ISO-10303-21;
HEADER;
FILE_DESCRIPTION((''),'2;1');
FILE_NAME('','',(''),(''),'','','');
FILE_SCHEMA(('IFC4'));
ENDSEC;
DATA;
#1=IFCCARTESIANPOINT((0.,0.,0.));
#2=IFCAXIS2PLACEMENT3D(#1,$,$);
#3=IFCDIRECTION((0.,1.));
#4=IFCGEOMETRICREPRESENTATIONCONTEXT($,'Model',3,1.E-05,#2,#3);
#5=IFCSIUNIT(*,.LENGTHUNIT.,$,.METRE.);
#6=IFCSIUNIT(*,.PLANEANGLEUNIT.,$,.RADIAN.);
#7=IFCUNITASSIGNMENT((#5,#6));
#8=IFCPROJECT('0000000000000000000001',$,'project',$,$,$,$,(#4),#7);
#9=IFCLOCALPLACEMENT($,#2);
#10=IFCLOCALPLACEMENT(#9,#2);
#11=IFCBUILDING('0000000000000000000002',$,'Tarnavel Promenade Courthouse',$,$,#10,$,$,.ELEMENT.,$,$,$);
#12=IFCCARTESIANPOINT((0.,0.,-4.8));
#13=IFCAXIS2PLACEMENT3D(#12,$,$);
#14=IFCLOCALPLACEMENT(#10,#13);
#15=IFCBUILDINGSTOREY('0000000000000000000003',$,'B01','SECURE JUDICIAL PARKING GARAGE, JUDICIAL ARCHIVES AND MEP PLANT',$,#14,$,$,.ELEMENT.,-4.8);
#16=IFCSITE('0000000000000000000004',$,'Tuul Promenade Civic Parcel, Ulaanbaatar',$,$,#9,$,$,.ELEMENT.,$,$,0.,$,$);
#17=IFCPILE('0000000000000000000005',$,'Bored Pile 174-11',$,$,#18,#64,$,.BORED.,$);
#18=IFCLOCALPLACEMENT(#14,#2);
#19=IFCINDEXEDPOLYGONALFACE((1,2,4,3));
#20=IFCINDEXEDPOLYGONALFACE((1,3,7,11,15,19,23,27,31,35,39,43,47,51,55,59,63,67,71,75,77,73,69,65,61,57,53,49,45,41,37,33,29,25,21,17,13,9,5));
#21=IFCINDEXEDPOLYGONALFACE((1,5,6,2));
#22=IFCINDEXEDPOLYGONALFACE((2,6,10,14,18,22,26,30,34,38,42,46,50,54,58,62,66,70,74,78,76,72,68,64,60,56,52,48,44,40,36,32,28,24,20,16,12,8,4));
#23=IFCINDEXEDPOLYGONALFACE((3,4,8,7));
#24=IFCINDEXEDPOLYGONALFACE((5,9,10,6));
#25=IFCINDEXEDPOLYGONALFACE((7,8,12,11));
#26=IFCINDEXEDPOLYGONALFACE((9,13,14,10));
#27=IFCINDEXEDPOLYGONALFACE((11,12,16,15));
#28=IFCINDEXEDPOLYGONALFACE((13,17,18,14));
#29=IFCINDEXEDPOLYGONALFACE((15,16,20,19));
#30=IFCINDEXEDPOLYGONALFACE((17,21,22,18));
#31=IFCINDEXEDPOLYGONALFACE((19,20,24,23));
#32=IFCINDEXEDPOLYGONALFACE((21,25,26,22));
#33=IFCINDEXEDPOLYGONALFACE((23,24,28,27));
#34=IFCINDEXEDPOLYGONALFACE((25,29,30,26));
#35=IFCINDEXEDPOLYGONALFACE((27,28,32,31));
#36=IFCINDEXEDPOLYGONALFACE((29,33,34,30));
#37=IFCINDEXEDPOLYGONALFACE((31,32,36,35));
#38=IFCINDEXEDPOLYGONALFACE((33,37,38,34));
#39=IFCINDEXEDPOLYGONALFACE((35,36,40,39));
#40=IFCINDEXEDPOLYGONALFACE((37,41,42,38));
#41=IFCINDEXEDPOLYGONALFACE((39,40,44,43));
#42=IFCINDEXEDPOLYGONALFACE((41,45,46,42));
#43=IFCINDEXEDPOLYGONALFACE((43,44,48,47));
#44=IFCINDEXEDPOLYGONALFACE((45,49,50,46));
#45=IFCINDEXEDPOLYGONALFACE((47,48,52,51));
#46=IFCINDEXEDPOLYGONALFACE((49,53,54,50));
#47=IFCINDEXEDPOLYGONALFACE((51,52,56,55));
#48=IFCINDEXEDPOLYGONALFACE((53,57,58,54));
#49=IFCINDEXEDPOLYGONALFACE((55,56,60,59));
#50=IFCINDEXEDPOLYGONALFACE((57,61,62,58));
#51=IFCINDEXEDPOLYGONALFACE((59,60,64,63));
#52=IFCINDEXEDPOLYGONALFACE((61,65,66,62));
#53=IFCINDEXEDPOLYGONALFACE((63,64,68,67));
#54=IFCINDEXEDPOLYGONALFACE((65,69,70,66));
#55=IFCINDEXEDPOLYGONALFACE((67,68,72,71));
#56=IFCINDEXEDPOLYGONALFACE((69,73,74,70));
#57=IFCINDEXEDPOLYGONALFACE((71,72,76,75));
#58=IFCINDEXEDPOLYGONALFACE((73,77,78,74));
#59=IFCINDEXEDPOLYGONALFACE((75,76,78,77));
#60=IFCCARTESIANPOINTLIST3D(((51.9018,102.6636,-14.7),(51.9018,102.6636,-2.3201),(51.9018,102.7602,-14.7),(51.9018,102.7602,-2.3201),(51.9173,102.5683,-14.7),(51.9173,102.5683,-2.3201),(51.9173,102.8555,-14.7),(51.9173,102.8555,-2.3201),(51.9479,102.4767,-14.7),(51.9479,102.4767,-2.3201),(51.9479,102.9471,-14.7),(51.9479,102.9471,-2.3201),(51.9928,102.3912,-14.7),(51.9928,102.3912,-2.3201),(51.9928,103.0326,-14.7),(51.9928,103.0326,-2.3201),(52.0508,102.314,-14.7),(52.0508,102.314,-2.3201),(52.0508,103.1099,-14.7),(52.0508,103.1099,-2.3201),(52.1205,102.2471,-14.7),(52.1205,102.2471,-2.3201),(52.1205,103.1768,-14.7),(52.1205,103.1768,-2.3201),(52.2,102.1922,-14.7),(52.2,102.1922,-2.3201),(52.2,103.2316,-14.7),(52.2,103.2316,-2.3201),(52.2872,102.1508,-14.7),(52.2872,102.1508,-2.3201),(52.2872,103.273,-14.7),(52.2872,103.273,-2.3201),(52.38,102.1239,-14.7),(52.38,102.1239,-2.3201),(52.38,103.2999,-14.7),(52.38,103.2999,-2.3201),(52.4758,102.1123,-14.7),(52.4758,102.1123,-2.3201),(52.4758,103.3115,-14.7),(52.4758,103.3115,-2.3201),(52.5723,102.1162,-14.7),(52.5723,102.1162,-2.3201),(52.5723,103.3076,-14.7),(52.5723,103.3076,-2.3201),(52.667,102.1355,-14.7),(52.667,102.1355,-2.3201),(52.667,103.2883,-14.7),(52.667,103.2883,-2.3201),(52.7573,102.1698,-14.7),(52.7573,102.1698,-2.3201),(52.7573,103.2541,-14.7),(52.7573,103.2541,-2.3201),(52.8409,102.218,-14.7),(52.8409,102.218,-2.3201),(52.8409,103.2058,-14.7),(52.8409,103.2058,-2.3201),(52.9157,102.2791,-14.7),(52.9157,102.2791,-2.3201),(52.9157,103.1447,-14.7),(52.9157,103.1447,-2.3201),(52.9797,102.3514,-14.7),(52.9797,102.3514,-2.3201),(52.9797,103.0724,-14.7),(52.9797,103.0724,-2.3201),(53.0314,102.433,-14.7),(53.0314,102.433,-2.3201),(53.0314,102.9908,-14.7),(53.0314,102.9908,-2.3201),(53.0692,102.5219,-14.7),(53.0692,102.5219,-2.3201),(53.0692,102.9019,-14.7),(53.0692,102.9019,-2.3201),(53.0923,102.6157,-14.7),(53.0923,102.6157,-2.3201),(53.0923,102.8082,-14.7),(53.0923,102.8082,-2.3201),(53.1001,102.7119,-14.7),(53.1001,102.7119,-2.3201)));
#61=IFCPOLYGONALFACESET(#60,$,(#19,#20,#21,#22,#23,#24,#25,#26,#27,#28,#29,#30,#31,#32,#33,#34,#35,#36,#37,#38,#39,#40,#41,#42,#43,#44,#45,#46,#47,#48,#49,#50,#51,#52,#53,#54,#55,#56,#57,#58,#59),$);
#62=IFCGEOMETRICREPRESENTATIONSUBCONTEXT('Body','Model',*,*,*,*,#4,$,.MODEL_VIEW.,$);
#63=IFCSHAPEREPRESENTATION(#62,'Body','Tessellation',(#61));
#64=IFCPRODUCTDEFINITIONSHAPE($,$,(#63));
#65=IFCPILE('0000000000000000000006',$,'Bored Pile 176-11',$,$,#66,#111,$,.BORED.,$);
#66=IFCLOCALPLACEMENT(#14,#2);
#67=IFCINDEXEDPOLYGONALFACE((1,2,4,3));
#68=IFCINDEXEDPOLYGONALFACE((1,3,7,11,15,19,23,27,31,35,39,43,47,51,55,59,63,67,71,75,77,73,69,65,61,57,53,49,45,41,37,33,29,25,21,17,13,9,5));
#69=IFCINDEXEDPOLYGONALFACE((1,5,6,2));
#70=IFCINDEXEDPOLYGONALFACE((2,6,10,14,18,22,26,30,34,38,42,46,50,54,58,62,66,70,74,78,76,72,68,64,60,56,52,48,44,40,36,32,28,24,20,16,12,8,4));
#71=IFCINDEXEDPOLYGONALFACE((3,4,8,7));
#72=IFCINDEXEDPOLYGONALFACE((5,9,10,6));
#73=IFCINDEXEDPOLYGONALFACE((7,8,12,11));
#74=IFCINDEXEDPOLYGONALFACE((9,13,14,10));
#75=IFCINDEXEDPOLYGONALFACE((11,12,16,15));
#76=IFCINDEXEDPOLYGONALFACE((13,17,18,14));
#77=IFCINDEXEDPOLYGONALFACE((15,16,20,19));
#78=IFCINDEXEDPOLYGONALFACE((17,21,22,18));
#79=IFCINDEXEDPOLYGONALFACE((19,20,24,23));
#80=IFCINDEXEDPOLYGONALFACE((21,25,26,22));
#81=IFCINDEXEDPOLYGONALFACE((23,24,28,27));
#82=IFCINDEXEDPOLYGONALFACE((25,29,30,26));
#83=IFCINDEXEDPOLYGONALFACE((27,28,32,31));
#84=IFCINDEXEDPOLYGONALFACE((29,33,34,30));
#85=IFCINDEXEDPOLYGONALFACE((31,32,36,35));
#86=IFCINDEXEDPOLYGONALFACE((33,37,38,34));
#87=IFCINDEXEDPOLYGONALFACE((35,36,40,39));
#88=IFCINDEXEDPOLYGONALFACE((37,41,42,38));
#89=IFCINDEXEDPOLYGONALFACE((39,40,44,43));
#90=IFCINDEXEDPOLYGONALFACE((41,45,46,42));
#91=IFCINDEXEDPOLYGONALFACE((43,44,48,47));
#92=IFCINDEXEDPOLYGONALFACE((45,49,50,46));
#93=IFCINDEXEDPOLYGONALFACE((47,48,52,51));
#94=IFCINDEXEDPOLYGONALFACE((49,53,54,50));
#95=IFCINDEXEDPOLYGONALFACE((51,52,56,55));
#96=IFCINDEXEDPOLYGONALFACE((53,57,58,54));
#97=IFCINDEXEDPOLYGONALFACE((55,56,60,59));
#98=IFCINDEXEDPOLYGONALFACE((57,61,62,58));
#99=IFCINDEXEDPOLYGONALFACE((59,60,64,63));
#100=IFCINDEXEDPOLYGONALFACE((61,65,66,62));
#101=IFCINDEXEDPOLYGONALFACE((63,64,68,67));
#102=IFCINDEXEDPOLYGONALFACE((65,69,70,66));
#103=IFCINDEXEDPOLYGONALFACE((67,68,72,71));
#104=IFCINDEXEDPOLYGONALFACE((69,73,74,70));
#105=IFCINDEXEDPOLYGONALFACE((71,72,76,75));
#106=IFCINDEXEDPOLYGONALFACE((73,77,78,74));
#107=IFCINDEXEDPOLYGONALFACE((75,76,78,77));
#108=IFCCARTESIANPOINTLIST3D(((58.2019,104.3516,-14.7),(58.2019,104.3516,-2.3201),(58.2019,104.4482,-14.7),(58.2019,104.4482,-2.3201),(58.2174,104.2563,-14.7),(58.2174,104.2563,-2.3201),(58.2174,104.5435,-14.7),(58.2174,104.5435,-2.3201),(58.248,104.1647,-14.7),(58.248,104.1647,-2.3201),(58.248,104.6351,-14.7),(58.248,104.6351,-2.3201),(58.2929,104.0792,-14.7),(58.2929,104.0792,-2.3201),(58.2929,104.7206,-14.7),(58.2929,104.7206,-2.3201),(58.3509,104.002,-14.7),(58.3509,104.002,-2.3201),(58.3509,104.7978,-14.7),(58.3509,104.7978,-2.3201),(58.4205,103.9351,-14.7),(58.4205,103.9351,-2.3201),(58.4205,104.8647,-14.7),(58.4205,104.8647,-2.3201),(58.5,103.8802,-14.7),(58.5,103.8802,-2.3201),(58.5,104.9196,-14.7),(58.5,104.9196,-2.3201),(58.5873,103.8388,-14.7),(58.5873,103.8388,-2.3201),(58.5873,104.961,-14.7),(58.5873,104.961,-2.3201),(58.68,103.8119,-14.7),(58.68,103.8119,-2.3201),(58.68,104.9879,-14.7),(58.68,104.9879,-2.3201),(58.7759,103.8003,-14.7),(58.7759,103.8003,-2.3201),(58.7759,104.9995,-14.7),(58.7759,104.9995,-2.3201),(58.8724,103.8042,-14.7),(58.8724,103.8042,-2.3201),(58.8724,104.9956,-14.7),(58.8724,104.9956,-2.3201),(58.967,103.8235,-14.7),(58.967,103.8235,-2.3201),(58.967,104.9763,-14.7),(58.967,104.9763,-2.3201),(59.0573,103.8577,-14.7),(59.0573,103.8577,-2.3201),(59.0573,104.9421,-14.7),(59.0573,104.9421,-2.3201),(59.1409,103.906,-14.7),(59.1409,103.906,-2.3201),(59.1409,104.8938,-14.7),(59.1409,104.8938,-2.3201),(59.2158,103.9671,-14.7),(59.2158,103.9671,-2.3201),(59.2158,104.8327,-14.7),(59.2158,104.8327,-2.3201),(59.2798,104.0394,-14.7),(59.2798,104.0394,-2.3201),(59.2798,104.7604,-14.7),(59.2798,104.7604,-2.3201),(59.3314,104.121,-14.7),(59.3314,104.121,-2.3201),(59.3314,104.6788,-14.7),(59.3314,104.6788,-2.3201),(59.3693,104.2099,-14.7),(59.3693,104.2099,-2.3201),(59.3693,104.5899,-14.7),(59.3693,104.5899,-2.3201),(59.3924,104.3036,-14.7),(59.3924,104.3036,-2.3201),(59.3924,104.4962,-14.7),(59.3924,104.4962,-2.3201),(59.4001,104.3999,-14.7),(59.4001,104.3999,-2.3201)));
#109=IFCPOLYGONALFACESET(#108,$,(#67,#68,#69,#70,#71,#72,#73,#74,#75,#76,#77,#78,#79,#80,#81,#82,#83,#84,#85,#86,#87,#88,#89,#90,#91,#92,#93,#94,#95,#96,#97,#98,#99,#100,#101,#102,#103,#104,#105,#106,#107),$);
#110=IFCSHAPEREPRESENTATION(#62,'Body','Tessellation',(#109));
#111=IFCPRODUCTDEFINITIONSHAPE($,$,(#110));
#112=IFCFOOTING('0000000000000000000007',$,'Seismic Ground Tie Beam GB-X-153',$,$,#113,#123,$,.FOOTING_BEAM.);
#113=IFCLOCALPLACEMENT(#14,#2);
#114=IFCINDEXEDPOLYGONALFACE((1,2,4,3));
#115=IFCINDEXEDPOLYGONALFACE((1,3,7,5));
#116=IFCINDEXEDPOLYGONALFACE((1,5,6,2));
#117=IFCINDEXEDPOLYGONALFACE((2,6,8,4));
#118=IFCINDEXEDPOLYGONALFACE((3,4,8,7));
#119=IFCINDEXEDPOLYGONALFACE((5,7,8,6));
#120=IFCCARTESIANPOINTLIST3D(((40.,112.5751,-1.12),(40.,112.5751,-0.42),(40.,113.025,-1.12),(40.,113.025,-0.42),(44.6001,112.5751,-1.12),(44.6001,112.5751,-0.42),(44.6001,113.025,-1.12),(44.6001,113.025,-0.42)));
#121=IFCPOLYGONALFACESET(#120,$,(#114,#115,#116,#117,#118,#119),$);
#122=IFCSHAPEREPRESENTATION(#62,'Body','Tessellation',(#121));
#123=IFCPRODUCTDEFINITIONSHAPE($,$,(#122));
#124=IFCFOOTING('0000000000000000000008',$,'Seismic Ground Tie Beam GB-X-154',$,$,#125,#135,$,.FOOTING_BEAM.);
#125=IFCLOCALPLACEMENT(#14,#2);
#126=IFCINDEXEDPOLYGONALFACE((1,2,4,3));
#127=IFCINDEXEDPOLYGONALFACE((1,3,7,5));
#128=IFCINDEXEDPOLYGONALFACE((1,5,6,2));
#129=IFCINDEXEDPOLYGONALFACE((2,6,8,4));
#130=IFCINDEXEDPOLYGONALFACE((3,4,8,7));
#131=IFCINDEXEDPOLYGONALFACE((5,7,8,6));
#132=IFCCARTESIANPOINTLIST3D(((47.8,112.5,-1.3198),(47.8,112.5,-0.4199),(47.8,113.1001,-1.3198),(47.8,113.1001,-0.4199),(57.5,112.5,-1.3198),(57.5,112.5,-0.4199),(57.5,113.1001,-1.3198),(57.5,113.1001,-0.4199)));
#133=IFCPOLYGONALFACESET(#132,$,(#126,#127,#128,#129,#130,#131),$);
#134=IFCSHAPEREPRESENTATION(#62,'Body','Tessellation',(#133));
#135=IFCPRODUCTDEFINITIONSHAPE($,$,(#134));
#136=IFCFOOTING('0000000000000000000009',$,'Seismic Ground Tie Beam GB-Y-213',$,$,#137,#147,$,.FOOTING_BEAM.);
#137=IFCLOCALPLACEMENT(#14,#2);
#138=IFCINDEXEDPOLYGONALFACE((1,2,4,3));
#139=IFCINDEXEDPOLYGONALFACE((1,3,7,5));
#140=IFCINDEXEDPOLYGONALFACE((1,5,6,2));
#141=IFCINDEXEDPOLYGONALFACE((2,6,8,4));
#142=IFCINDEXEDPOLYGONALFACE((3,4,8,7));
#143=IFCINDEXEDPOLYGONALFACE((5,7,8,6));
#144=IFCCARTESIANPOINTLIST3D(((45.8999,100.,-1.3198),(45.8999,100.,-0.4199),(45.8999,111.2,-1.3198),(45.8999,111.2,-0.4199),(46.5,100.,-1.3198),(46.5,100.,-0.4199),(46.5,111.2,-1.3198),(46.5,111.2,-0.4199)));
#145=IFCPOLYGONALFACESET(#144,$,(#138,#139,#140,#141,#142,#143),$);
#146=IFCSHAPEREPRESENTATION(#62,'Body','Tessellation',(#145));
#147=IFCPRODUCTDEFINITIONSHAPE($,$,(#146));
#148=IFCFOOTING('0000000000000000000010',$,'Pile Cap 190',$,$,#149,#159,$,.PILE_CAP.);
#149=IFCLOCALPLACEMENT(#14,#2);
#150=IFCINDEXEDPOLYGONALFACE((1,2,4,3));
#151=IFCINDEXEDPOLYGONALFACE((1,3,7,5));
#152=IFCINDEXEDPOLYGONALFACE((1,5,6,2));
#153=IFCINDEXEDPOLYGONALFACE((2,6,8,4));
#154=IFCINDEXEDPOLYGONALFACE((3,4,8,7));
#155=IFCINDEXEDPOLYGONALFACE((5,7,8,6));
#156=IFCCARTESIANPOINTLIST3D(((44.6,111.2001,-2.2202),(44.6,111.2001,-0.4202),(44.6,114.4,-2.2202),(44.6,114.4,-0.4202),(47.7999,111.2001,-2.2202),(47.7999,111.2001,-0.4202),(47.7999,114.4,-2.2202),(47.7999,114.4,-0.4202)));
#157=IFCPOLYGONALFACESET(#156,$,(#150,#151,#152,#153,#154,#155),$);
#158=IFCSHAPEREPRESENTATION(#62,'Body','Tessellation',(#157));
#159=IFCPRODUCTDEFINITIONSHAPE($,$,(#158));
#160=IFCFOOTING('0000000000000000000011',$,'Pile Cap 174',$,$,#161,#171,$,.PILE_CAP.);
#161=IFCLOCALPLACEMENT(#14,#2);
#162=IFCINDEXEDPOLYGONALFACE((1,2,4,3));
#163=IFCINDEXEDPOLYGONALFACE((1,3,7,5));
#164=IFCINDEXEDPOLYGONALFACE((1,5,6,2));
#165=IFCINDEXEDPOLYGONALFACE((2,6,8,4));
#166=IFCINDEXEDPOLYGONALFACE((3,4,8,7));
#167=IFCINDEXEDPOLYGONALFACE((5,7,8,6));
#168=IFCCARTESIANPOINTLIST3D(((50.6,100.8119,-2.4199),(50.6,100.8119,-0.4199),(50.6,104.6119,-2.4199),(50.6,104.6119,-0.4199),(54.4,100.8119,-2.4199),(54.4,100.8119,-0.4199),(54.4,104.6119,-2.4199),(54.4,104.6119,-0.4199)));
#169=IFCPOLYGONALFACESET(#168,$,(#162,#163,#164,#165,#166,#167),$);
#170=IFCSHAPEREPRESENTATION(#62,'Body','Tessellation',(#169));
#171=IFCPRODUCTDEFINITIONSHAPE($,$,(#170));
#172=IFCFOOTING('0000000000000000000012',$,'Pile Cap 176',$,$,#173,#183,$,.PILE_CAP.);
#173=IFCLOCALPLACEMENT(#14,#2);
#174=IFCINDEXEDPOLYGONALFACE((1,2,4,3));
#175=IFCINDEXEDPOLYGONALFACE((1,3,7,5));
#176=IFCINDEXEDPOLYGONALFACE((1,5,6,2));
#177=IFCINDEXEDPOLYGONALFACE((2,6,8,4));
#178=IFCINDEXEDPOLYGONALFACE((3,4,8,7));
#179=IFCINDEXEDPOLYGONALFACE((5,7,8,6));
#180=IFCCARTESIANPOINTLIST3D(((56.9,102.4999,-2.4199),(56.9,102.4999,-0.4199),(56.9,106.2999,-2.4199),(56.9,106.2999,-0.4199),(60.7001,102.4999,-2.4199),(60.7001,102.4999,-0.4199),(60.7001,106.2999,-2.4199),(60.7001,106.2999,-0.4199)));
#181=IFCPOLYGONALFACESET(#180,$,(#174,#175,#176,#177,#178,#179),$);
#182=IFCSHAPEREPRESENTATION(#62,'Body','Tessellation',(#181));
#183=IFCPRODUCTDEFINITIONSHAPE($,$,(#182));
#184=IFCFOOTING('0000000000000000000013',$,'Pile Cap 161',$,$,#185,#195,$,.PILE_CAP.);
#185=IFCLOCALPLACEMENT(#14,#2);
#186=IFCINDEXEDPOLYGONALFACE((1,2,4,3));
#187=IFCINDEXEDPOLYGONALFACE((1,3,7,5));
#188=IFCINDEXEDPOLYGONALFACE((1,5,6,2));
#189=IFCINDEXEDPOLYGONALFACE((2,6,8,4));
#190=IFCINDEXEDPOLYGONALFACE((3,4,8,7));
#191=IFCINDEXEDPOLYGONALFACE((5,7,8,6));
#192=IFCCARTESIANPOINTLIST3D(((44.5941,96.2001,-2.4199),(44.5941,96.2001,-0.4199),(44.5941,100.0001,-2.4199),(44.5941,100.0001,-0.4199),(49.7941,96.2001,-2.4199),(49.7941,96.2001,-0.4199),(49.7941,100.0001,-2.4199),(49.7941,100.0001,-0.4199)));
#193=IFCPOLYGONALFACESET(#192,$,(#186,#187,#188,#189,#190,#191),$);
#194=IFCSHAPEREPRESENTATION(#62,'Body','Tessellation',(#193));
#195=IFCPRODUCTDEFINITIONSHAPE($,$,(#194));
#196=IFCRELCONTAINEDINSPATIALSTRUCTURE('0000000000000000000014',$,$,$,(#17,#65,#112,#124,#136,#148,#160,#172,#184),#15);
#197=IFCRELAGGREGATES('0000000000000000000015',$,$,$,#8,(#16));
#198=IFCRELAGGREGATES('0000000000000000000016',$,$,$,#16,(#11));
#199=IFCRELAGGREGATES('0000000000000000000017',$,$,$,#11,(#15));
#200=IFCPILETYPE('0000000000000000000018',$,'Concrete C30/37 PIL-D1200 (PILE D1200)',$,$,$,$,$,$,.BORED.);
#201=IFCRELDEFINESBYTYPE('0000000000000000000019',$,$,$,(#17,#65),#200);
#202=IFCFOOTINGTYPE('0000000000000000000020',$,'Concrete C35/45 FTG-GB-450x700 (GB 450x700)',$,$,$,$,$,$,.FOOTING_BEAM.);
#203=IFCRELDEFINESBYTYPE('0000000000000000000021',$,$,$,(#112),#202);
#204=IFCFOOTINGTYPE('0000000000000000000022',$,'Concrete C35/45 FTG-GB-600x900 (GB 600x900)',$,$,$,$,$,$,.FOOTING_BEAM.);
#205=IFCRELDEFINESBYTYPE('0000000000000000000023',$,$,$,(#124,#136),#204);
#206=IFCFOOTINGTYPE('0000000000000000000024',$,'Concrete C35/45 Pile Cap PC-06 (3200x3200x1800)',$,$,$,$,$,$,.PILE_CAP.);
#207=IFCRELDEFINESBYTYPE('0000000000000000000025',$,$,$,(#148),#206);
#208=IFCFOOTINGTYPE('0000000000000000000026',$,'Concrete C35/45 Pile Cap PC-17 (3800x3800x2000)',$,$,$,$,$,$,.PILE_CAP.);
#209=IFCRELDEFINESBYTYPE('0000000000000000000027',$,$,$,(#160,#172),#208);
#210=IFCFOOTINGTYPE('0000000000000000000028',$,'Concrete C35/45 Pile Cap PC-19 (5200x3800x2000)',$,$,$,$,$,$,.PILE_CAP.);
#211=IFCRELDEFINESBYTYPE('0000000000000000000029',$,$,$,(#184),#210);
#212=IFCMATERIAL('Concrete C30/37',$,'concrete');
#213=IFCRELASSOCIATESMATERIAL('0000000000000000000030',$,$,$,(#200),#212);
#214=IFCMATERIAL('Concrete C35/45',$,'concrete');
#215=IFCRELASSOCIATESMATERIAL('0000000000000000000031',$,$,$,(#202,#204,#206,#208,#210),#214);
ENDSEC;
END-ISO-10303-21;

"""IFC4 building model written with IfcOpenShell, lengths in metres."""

from ifc_helpers import new_model, si_unit, direction, frame, origin, origin_2d, place, context, subcontext, project, spatial, rectangle, circle, extrude, material, material_profile, profile_set, type_object, element, save


model = new_model("IFC4")

# Units and contexts
model_context = context("Model", 3, precision=1e-05, world=origin(), true_north=direction((0.0, 1.0)))
body_context = subcontext(model_context, "Body", "Model", "MODEL_VIEW")
ifc_project = project(units=[si_unit("LENGTHUNIT", "METRE"), si_unit("PLANEANGLEUNIT", "RADIAN")], contexts=[model_context])

# Site, building, storey
site_placement = place(None, origin())
site = spatial("IfcSite", under=ifc_project, at=site_placement, Name="Tuul Promenade Civic Parcel, Ulaanbaatar", CompositionType="ELEMENT", RefElevation=0.0)
building_placement = place(site_placement, origin())
building = spatial("IfcBuilding", under=site, at=building_placement, Name="Tarnavel Promenade Courthouse", CompositionType="ELEMENT")
storey_placement = place(building_placement, frame((0.0, 0.0, -4.8)))
storey = spatial("IfcBuildingStorey", under=building, at=storey_placement, Name="B01", Description="SECURE JUDICIAL PARKING GARAGE, JUDICIAL ARCHIVES AND MEP PLANT", CompositionType="ELEMENT", Elevation=-4.8)

# Piles
ifc_material_1 = material(Name="Concrete C30/37", Category="concrete")
ifc_material_profile_1 = material_profile(ifc_material_1, circle(Radius=0.6001, at=origin_2d()), Name="PILE D1200")
ifc_profile_set_1 = profile_set([ifc_material_profile_1], Name="Concrete C30/37")
pile_type_1 = type_object("IfcPileType", Name="Concrete C30/37 PIL-D1200 (PILE D1200)", PredefinedType="BORED", material=ifc_profile_set_1)
for number, where, z_axis, x_axis, name in (
    (1, (52.5, 102.7119, -2.3201), (0.0, 0.0, -1.0), (1.0, 0.0, 0.0), "Bored Pile 174-11"),
    (2, (58.8, 104.3999, -2.3201), (0.0, 0.0, -1.0), (1.0, 0.0, 0.0), "Bored Pile 176-11"),
):
    element("IfcPile", number, at=place(storey_placement, frame(where, z_axis=z_axis, x_axis=x_axis)), inside=storey, type_object=pile_type_1, Name=name, PredefinedType="BORED", context=body_context, shape_type="SweptSolid", body=[
        extrude(circle(Radius=0.6001, at=origin_2d()), origin(), (0.0, 0.0, 1.0), 12.3799),
    ])

# Footings
ifc_material_2 = material(Name="Concrete C35/45", Category="concrete")
ifc_material_profile_2 = material_profile(ifc_material_2, rectangle(XDim=0.45, YDim=0.7, at=origin_2d()), Name="GB 450x700")
ifc_profile_set_2 = profile_set([ifc_material_profile_2], Name="Concrete C35/45")
footing_type_1 = type_object("IfcFootingType", Name="Concrete C35/45 FTG-GB-450x700 (GB 450x700)", PredefinedType="FOOTING_BEAM", material=ifc_profile_set_2)
footing_1_placement = place(storey_placement, frame((40.0, 112.8, -0.77), z_axis=(1.0, 0.0, 0.0), x_axis=(0.0, 1.0, 0.0)))
element("IfcFooting", 3, at=footing_1_placement, inside=storey, type_object=footing_type_1, Name="Seismic Ground Tie Beam GB-X-153", PredefinedType="FOOTING_BEAM", context=body_context, shape_type="SweptSolid", body=[
    extrude(rectangle(XDim=0.45, YDim=0.7, at=origin_2d()), origin(), (0.0, 0.0, 1.0), 4.6001),
])
ifc_material_profile_3 = material_profile(ifc_material_2, rectangle(XDim=0.6001, YDim=0.8999, at=origin_2d()), Name="GB 600x900")
ifc_profile_set_3 = profile_set([ifc_material_profile_3], Name="Concrete C35/45")
footing_type_2 = type_object("IfcFootingType", Name="Concrete C35/45 FTG-GB-600x900 (GB 600x900)", PredefinedType="FOOTING_BEAM", material=ifc_profile_set_3)
footing_2_placement = place(storey_placement, frame((47.8, 112.8, -0.8699), z_axis=(1.0, 0.0, 0.0), x_axis=(0.0, 1.0, 0.0)))
element("IfcFooting", 4, at=footing_2_placement, inside=storey, type_object=footing_type_2, Name="Seismic Ground Tie Beam GB-X-154", PredefinedType="FOOTING_BEAM", context=body_context, shape_type="SweptSolid", body=[
    extrude(rectangle(XDim=0.6001, YDim=0.8999, at=origin_2d()), origin(), (0.0, 0.0, 1.0), 9.7),
])
footing_3_placement = place(storey_placement, frame((46.2, 100.0, -0.8699), z_axis=(0.0, 1.0, 0.0), x_axis=(-1.0, 0.0, 0.0)))
element("IfcFooting", 5, at=footing_3_placement, inside=storey, type_object=footing_type_2, Name="Seismic Ground Tie Beam GB-Y-213", PredefinedType="FOOTING_BEAM", context=body_context, shape_type="SweptSolid", body=[
    extrude(rectangle(XDim=0.6001, YDim=0.8999, at=origin_2d()), origin(), (0.0, 0.0, 1.0), 11.2),
])
footing_type_3 = type_object("IfcFootingType", Name="Concrete C35/45 Pile Cap PC-06 (3200x3200x1800)", PredefinedType="PILE_CAP", material=ifc_material_2)
footing_4_placement = place(storey_placement, frame((46.2, 112.8, -2.2202), z_axis=(0.0, 0.0, 1.0), x_axis=(1.0, 0.0, 0.0)))
element("IfcFooting", 6, at=footing_4_placement, inside=storey, type_object=footing_type_3, Name="Pile Cap 190", PredefinedType="PILE_CAP", context=body_context, shape_type="SweptSolid", body=[
    extrude(rectangle(XDim=3.2, YDim=3.2, at=origin_2d()), origin(), (0.0, 0.0, 1.0), 1.8),
])
footing_type_4 = type_object("IfcFootingType", Name="Concrete C35/45 Pile Cap PC-17 (3800x3800x2000)", PredefinedType="PILE_CAP", material=ifc_material_2)
for number, where, z_axis, x_axis, name in (
    (7, (52.5, 102.7119, -2.4199), (0.0, 0.0, 1.0), (1.0, 0.0, 0.0), "Pile Cap 174"),
    (8, (58.8, 104.3999, -2.4199), (0.0, 0.0, 1.0), (1.0, 0.0, 0.0), "Pile Cap 176"),
):
    element("IfcFooting", number, at=place(storey_placement, frame(where, z_axis=z_axis, x_axis=x_axis)), inside=storey, type_object=footing_type_4, Name=name, PredefinedType="PILE_CAP", context=body_context, shape_type="SweptSolid", body=[
        extrude(rectangle(XDim=3.8, YDim=3.8, at=origin_2d()), origin(), (0.0, 0.0, 1.0), 2.0),
    ])
footing_type_5 = type_object("IfcFootingType", Name="Concrete C35/45 Pile Cap PC-19 (5200x3800x2000)", PredefinedType="PILE_CAP", material=ifc_material_2)
footing_5_placement = place(storey_placement, frame((47.1941, 98.1001, -2.4199), z_axis=(0.0, 0.0, 1.0), x_axis=(1.0, 0.0, 0.0)))
element("IfcFooting", 9, at=footing_5_placement, inside=storey, type_object=footing_type_5, Name="Pile Cap 161", PredefinedType="PILE_CAP", context=body_context, shape_type="SweptSolid", body=[
    extrude(rectangle(XDim=5.2, YDim=3.8, at=origin_2d()), origin(), (0.0, 0.0, 1.0), 2.0),
])

save(model, "model.ifc")
